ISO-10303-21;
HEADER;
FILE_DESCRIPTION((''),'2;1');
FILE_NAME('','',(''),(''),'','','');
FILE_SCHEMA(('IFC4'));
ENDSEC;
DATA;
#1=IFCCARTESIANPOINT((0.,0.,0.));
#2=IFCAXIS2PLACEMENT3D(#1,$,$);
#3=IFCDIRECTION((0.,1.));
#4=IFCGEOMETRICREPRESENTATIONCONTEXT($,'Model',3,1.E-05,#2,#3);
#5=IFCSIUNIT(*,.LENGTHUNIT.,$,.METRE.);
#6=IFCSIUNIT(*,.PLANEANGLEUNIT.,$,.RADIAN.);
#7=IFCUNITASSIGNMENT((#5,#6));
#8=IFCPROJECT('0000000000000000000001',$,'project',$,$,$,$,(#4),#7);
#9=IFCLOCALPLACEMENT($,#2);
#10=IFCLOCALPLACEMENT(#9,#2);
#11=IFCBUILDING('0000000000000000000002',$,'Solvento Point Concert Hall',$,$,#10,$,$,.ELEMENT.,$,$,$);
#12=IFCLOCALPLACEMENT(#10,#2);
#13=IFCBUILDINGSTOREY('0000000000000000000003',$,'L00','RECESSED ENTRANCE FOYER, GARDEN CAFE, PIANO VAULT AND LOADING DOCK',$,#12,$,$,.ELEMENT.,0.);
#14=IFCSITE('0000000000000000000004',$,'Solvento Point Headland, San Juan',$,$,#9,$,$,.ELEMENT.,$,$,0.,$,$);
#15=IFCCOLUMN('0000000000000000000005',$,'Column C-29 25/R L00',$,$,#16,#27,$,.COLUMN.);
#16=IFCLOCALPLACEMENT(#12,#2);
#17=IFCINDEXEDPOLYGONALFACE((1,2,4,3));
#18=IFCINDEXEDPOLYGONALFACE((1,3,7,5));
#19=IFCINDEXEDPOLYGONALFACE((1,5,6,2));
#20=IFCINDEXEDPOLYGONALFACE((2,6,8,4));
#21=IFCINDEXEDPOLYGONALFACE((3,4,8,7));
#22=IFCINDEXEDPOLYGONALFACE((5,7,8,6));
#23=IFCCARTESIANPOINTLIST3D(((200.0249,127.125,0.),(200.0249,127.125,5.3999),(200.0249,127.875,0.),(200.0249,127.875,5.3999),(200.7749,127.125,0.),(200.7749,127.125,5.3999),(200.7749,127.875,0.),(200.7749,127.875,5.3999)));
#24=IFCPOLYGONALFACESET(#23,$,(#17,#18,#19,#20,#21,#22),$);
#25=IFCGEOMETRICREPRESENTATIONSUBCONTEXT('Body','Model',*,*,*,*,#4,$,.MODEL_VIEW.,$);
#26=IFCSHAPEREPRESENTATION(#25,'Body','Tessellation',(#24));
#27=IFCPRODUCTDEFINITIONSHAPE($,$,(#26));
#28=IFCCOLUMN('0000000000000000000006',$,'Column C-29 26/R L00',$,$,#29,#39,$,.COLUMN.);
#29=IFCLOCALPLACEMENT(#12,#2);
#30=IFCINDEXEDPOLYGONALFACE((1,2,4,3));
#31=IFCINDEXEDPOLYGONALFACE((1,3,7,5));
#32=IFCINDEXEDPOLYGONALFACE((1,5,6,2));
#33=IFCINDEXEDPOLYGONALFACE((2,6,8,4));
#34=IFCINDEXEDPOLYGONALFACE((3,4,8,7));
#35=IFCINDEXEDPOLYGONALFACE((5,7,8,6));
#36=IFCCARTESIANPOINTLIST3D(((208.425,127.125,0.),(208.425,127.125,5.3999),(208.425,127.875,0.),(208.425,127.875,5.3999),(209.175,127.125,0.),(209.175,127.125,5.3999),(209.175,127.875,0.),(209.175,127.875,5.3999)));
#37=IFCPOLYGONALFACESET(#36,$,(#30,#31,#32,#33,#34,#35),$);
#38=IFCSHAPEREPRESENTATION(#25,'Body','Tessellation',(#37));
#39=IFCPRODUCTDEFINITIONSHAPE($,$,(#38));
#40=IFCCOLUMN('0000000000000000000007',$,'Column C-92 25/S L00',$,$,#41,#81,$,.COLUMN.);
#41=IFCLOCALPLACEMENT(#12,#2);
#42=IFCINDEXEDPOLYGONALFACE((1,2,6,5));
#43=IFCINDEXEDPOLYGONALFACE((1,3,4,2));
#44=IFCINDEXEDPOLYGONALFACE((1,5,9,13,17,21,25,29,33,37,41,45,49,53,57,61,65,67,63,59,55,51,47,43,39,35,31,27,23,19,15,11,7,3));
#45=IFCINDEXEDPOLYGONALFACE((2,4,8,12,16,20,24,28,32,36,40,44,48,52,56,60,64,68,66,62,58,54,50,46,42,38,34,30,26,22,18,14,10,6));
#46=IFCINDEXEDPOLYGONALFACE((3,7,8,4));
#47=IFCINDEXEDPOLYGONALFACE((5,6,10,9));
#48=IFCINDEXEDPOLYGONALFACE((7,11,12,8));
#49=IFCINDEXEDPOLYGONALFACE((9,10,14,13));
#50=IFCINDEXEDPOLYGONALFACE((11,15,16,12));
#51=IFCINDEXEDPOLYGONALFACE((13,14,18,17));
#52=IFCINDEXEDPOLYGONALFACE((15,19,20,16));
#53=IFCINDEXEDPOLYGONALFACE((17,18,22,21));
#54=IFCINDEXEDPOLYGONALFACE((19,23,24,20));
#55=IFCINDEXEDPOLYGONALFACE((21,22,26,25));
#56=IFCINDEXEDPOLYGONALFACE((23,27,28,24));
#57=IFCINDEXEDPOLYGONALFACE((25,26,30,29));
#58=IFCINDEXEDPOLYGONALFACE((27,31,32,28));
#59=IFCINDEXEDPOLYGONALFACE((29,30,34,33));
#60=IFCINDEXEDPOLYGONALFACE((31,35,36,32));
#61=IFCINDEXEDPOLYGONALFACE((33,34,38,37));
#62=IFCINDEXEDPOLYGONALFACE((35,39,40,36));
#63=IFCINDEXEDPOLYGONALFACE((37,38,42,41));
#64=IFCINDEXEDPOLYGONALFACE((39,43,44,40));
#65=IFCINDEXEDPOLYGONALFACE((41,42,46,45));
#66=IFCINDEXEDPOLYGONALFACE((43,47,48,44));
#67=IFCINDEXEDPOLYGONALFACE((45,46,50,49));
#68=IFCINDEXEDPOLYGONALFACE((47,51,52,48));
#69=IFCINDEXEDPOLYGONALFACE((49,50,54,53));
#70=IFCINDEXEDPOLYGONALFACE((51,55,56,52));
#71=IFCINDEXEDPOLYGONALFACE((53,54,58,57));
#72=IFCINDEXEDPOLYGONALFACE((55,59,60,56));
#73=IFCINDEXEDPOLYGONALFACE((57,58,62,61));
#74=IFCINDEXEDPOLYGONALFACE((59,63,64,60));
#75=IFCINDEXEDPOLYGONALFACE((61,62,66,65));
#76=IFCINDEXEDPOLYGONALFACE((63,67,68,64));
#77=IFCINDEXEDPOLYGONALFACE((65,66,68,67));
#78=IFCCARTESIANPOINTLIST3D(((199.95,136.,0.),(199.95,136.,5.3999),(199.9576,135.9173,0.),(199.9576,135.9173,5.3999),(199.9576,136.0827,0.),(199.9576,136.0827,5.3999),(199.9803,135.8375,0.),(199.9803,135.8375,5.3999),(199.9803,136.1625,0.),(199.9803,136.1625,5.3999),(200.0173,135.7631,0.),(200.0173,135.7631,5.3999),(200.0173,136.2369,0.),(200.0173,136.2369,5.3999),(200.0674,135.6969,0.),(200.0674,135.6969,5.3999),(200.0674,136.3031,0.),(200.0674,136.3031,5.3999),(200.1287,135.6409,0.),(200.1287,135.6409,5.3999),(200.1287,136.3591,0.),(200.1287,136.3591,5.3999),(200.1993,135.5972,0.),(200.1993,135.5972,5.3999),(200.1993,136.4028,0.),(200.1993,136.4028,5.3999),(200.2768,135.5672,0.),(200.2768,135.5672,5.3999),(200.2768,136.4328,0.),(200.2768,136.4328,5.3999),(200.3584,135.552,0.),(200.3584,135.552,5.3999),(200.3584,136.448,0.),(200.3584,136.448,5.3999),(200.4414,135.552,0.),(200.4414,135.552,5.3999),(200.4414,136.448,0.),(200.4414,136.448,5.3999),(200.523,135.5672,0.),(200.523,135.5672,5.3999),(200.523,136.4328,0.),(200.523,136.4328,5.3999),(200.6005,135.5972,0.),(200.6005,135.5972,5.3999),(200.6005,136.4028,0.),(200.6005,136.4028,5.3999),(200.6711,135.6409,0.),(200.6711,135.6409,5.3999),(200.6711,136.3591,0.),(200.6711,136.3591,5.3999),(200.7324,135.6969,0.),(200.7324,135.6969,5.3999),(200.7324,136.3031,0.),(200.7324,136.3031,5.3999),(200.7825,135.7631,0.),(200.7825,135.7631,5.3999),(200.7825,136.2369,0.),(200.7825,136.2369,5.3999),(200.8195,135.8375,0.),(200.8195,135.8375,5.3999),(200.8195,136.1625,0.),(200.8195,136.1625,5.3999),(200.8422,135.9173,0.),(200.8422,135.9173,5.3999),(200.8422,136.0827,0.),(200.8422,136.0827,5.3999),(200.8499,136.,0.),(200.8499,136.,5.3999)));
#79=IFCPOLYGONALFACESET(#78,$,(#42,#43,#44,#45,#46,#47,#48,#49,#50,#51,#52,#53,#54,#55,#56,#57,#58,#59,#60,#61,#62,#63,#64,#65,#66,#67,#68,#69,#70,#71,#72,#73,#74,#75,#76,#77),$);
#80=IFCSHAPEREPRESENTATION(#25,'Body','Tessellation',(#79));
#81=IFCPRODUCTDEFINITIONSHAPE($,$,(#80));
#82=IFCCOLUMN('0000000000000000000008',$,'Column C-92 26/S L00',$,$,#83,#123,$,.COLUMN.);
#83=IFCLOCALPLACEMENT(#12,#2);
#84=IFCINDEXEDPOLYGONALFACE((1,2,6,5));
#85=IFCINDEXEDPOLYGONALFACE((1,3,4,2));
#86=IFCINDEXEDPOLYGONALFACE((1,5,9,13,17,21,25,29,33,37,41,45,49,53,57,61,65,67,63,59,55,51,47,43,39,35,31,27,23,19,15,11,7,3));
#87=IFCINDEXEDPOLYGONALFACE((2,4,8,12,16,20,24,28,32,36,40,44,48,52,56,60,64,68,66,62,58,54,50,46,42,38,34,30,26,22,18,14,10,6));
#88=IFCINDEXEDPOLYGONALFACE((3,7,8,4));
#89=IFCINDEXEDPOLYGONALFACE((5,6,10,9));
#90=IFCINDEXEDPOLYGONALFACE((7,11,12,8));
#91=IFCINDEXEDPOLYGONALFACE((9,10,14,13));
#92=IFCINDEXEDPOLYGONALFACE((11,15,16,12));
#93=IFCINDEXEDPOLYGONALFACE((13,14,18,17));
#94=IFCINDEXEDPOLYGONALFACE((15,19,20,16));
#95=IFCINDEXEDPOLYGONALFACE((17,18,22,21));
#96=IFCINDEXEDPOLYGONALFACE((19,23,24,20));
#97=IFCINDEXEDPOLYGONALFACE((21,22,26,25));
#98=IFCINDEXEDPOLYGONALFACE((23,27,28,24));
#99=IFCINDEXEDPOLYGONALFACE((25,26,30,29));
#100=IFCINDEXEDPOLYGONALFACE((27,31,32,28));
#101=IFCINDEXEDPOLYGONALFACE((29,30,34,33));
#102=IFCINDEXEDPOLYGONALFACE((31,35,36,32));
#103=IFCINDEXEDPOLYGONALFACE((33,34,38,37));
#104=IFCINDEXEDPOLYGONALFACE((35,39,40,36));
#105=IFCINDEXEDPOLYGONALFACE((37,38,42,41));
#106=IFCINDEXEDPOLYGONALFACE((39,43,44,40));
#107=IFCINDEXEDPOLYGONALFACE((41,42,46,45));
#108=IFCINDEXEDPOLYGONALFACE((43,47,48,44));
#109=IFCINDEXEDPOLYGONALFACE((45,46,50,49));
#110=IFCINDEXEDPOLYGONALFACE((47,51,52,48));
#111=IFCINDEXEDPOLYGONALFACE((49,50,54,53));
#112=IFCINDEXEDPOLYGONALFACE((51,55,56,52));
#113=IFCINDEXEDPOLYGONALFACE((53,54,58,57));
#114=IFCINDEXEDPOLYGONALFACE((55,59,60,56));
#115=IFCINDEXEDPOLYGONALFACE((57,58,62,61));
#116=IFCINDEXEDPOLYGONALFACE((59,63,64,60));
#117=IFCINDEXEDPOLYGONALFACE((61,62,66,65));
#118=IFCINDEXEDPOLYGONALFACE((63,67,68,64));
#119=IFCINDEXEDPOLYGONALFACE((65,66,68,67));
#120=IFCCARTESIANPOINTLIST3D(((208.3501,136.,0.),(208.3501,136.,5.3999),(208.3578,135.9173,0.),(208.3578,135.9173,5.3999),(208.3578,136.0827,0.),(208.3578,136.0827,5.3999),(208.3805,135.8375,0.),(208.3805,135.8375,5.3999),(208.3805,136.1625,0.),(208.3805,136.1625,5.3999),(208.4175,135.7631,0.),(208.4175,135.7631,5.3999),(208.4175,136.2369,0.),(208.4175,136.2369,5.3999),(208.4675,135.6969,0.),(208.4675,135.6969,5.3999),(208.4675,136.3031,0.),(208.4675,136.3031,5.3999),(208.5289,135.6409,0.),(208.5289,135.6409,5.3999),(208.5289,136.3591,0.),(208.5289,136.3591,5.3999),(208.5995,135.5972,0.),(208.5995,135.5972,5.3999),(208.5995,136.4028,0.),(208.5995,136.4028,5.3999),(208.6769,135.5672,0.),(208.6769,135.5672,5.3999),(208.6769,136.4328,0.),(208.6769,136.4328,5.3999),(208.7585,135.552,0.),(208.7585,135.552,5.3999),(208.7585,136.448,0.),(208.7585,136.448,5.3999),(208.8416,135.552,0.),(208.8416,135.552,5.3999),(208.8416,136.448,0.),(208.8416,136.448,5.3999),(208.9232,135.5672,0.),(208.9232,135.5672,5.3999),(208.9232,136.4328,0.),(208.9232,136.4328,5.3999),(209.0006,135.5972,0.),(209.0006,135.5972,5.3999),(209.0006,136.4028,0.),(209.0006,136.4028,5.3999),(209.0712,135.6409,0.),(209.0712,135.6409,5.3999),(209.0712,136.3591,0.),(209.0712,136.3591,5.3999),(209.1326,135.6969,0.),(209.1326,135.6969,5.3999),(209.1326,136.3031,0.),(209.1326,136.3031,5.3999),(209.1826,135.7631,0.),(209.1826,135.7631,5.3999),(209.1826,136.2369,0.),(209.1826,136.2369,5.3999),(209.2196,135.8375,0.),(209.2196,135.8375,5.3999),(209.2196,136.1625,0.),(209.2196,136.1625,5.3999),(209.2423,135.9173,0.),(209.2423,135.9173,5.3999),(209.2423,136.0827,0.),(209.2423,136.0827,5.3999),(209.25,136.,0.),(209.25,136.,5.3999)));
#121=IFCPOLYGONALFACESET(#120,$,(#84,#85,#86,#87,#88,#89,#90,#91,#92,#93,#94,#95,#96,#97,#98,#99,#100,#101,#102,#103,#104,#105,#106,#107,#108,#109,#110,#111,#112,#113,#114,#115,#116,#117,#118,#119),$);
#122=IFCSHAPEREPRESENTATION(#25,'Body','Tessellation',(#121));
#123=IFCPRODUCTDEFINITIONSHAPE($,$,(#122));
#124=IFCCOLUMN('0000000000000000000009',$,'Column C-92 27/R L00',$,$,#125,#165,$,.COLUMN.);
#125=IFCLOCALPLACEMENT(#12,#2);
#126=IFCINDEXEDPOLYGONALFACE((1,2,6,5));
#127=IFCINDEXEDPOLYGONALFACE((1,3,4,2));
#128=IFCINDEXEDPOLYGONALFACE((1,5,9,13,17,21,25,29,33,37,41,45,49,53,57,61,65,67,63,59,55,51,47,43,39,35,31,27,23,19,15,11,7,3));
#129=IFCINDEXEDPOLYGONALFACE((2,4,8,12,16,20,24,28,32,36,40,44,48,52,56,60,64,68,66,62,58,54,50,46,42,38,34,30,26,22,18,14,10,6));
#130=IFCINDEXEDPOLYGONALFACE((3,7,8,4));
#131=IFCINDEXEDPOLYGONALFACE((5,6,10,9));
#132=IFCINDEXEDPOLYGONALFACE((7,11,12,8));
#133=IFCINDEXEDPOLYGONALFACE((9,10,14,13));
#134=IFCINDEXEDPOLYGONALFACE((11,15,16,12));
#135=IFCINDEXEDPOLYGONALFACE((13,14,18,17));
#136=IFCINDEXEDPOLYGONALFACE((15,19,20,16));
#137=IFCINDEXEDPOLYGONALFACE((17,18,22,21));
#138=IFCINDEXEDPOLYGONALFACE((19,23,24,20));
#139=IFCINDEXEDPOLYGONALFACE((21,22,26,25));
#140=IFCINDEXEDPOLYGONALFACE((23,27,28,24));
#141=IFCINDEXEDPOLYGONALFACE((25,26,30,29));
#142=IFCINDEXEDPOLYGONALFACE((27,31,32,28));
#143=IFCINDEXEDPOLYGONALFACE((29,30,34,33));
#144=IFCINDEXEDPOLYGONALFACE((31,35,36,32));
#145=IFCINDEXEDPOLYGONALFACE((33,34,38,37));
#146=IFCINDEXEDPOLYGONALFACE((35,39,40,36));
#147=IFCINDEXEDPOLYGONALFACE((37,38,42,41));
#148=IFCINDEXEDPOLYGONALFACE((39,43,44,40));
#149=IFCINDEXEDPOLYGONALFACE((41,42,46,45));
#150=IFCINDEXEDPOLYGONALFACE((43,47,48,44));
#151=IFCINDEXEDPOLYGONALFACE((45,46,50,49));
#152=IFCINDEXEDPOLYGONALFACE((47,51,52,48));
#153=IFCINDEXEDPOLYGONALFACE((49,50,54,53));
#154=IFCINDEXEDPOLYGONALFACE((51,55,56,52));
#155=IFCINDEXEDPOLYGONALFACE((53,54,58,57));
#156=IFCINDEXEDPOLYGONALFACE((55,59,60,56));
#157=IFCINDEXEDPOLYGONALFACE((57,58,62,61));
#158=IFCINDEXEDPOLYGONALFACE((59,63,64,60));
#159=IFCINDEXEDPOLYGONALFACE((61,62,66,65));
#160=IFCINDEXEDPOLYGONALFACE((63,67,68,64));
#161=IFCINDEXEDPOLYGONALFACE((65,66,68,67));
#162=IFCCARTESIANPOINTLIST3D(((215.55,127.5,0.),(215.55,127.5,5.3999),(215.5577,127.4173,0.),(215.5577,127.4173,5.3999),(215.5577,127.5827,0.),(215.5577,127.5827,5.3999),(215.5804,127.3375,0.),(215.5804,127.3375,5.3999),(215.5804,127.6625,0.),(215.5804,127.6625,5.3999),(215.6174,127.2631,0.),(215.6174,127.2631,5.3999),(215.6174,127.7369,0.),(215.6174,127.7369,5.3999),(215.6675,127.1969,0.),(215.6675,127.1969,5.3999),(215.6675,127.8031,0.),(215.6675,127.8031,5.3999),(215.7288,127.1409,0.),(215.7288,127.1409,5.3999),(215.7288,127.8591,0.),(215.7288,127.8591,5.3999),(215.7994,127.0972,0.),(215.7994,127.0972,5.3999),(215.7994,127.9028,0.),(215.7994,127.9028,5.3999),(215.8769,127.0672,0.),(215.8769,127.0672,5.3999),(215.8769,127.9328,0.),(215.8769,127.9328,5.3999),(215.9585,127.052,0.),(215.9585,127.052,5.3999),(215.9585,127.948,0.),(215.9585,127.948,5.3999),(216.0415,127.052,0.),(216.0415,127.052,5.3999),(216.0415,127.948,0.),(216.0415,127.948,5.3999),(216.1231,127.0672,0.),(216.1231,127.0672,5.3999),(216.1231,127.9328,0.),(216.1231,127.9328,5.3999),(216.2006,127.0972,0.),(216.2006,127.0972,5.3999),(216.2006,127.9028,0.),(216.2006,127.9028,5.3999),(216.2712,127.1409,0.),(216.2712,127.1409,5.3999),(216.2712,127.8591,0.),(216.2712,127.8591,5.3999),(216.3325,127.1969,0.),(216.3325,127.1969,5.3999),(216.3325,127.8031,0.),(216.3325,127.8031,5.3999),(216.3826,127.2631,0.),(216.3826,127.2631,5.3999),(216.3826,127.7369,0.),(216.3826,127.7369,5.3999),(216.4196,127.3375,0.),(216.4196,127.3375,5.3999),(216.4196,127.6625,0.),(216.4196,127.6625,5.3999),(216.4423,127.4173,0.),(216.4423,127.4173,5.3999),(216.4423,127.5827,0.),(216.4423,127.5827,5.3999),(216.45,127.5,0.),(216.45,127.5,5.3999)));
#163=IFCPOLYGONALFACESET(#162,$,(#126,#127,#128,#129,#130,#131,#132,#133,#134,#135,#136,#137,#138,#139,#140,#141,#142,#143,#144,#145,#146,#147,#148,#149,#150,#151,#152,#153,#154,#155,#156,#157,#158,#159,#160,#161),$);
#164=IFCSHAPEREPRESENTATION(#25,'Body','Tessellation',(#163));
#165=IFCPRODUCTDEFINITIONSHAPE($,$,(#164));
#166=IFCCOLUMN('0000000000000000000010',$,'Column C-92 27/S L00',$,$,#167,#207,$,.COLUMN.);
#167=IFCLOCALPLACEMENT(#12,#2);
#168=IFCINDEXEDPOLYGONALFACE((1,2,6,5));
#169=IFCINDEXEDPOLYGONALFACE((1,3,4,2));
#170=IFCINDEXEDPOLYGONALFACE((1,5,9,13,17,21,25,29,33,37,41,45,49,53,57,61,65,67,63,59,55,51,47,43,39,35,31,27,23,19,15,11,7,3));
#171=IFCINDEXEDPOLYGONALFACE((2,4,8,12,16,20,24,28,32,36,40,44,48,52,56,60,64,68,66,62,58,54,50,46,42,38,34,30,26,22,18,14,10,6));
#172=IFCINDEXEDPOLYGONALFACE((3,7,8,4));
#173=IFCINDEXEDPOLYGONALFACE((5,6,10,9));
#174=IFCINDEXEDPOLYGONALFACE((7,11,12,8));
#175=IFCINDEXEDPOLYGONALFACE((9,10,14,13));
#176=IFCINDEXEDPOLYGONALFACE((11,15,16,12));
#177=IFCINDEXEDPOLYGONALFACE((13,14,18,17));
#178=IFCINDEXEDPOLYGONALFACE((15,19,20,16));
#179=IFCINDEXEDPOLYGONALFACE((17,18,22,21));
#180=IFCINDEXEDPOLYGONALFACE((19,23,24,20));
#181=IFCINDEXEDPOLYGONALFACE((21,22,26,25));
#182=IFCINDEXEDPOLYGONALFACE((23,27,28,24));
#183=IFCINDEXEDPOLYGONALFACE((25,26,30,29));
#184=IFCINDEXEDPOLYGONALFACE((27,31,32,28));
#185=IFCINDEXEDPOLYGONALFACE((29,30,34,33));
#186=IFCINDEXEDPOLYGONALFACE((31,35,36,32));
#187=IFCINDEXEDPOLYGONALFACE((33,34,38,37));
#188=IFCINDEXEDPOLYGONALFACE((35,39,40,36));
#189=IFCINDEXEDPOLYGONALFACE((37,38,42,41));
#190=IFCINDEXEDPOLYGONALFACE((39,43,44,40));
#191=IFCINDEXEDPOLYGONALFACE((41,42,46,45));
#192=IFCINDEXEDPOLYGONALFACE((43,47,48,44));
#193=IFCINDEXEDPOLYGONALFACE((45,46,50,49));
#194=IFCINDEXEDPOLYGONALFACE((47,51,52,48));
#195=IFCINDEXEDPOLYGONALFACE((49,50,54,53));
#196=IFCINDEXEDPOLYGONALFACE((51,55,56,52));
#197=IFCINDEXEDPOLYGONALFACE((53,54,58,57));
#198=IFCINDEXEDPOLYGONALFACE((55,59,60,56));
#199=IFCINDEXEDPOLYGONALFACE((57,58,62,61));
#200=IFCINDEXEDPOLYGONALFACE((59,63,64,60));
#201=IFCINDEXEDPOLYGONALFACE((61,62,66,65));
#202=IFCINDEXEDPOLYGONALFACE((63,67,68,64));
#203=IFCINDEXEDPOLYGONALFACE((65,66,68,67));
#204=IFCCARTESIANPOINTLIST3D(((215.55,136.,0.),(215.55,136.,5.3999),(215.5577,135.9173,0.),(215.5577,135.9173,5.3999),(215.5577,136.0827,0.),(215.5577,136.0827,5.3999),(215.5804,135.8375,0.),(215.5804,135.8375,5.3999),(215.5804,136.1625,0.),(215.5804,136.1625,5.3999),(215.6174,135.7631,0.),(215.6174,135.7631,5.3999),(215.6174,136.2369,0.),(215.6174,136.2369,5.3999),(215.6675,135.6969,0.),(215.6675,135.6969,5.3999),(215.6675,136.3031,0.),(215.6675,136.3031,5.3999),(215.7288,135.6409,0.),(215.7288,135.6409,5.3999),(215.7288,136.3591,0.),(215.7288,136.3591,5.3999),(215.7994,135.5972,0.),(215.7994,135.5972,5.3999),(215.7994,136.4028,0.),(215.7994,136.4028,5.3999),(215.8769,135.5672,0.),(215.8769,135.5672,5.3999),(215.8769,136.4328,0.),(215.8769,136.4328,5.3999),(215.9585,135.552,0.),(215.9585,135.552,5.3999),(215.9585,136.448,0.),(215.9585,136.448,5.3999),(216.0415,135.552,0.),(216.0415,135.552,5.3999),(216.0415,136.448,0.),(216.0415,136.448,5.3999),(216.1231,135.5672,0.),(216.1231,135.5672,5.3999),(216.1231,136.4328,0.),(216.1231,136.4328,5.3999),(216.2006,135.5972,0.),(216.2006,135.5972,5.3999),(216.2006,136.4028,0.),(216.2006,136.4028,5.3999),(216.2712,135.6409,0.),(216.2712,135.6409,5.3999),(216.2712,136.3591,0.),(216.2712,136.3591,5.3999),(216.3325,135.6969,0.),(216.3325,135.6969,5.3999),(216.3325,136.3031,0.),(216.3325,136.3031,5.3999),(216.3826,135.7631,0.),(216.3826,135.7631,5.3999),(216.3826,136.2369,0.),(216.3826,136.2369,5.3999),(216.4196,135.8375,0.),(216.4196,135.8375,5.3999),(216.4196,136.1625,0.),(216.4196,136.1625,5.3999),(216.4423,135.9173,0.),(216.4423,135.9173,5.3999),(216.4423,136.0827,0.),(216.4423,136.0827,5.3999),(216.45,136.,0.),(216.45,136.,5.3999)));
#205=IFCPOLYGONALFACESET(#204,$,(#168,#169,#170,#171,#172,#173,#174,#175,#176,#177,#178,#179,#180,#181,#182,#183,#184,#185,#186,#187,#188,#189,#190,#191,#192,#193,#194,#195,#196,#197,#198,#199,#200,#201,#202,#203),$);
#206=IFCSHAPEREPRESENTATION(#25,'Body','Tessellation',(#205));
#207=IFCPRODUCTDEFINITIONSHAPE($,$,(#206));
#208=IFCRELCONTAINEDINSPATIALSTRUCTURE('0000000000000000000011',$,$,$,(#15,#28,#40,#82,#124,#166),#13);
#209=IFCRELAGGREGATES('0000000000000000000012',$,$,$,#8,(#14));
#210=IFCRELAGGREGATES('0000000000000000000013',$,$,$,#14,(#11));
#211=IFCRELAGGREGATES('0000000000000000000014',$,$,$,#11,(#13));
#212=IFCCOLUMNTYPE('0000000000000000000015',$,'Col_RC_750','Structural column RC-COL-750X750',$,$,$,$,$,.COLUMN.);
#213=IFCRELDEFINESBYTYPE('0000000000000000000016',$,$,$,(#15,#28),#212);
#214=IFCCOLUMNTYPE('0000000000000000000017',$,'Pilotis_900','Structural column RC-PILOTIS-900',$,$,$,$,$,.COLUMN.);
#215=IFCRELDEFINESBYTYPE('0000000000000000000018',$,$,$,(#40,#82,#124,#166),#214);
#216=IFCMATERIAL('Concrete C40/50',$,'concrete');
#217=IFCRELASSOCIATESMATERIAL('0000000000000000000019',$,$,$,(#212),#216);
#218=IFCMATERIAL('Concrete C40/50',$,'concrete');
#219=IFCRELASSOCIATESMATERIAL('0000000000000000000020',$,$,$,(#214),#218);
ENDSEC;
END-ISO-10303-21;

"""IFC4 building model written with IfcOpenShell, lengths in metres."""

from ifc_helpers import new_model, si_unit, direction, frame, origin, origin_2d, place, context, subcontext, project, spatial, rectangle, circle, extrude, material, material_profile, profile_set, type_object, element, save


model = new_model("IFC4")

# Units and contexts
model_context = context("Model", 3, precision=1e-05, world=origin(), true_north=direction((0.0, 1.0)))
body_context = subcontext(model_context, "Body", "Model", "MODEL_VIEW")
ifc_project = project(units=[si_unit("LENGTHUNIT", "METRE"), si_unit("PLANEANGLEUNIT", "RADIAN")], contexts=[model_context])

# Site, building, storey
site_placement = place(None, origin())
site = spatial("IfcSite", under=ifc_project, at=site_placement, Name="Solvento Point Headland, San Juan", CompositionType="ELEMENT", RefElevation=0.0)
building_placement = place(site_placement, origin())
building = spatial("IfcBuilding", under=site, at=building_placement, Name="Solvento Point Concert Hall", CompositionType="ELEMENT")
storey_placement = place(building_placement, origin())
storey = spatial("IfcBuildingStorey", under=building, at=storey_placement, Name="L00", Description="RECESSED ENTRANCE FOYER, GARDEN CAFE, PIANO VAULT AND LOADING DOCK", CompositionType="ELEMENT", Elevation=0.0)

# Columns
ifc_material_1 = material(Name="Concrete C40/50", Category="concrete")
ifc_material_profile_1 = material_profile(ifc_material_1, rectangle(XDim=0.75, YDim=0.75, at=origin_2d()), Name="RC-COL-750X750")
ifc_profile_set_1 = profile_set([ifc_material_profile_1], Name="Concrete C40/50")
column_type_1 = type_object("IfcColumnType", Name="Col_RC_750", Description="Structural column RC-COL-750X750", PredefinedType="COLUMN", material=ifc_profile_set_1)
for number, where, z_axis, x_axis, name in (
    (1, (200.3999, 127.5, 0.0), (0.0, 0.0, 1.0), (1.0, 0.0, 0.0), "Column C-29 25/R L00"),
    (2, (208.8, 127.5, 0.0), (0.0, 0.0, 1.0), (1.0, 0.0, 0.0), "Column C-29 26/R L00"),
):
    element("IfcColumn", number, at=place(storey_placement, frame(where, z_axis=z_axis, x_axis=x_axis)), inside=storey, type_object=column_type_1, Name=name, PredefinedType="COLUMN", context=body_context, shape_type="SweptSolid", body=[
        extrude(rectangle(XDim=0.75, YDim=0.75, at=origin_2d()), origin(), (0.0, 0.0, 1.0), 5.3999),
    ])
ifc_material_2 = material(Name="Concrete C40/50", Category="concrete")
ifc_material_profile_2 = material_profile(ifc_material_2, circle(Radius=0.45, at=origin_2d()), Name="RC-PILOTIS-900")
ifc_profile_set_2 = profile_set([ifc_material_profile_2], Name="Concrete C40/50")
column_type_2 = type_object("IfcColumnType", Name="Pilotis_900", Description="Structural column RC-PILOTIS-900", PredefinedType="COLUMN", material=ifc_profile_set_2)
for number, where, z_axis, x_axis, name in (
    (3, (200.3999, 136.0, 0.0), (0.0, 0.0, 1.0), (1.0, 0.0, 0.0), "Column C-92 25/S L00"),
    (4, (208.8, 136.0, 0.0), (0.0, 0.0, 1.0), (1.0, 0.0, 0.0), "Column C-92 26/S L00"),
    (5, (216.0, 127.5, 0.0), (0.0, 0.0, 1.0), (1.0, 0.0, 0.0), "Column C-92 27/R L00"),
    (6, (216.0, 136.0, 0.0), (0.0, 0.0, 1.0), (1.0, 0.0, 0.0), "Column C-92 27/S L00"),
):
    element("IfcColumn", number, at=place(storey_placement, frame(where, z_axis=z_axis, x_axis=x_axis)), inside=storey, type_object=column_type_2, Name=name, PredefinedType="COLUMN", context=body_context, shape_type="SweptSolid", body=[
        extrude(circle(Radius=0.45, at=origin_2d()), origin(), (0.0, 0.0, 1.0), 5.3999),
    ])

save(model, "model.ifc")
